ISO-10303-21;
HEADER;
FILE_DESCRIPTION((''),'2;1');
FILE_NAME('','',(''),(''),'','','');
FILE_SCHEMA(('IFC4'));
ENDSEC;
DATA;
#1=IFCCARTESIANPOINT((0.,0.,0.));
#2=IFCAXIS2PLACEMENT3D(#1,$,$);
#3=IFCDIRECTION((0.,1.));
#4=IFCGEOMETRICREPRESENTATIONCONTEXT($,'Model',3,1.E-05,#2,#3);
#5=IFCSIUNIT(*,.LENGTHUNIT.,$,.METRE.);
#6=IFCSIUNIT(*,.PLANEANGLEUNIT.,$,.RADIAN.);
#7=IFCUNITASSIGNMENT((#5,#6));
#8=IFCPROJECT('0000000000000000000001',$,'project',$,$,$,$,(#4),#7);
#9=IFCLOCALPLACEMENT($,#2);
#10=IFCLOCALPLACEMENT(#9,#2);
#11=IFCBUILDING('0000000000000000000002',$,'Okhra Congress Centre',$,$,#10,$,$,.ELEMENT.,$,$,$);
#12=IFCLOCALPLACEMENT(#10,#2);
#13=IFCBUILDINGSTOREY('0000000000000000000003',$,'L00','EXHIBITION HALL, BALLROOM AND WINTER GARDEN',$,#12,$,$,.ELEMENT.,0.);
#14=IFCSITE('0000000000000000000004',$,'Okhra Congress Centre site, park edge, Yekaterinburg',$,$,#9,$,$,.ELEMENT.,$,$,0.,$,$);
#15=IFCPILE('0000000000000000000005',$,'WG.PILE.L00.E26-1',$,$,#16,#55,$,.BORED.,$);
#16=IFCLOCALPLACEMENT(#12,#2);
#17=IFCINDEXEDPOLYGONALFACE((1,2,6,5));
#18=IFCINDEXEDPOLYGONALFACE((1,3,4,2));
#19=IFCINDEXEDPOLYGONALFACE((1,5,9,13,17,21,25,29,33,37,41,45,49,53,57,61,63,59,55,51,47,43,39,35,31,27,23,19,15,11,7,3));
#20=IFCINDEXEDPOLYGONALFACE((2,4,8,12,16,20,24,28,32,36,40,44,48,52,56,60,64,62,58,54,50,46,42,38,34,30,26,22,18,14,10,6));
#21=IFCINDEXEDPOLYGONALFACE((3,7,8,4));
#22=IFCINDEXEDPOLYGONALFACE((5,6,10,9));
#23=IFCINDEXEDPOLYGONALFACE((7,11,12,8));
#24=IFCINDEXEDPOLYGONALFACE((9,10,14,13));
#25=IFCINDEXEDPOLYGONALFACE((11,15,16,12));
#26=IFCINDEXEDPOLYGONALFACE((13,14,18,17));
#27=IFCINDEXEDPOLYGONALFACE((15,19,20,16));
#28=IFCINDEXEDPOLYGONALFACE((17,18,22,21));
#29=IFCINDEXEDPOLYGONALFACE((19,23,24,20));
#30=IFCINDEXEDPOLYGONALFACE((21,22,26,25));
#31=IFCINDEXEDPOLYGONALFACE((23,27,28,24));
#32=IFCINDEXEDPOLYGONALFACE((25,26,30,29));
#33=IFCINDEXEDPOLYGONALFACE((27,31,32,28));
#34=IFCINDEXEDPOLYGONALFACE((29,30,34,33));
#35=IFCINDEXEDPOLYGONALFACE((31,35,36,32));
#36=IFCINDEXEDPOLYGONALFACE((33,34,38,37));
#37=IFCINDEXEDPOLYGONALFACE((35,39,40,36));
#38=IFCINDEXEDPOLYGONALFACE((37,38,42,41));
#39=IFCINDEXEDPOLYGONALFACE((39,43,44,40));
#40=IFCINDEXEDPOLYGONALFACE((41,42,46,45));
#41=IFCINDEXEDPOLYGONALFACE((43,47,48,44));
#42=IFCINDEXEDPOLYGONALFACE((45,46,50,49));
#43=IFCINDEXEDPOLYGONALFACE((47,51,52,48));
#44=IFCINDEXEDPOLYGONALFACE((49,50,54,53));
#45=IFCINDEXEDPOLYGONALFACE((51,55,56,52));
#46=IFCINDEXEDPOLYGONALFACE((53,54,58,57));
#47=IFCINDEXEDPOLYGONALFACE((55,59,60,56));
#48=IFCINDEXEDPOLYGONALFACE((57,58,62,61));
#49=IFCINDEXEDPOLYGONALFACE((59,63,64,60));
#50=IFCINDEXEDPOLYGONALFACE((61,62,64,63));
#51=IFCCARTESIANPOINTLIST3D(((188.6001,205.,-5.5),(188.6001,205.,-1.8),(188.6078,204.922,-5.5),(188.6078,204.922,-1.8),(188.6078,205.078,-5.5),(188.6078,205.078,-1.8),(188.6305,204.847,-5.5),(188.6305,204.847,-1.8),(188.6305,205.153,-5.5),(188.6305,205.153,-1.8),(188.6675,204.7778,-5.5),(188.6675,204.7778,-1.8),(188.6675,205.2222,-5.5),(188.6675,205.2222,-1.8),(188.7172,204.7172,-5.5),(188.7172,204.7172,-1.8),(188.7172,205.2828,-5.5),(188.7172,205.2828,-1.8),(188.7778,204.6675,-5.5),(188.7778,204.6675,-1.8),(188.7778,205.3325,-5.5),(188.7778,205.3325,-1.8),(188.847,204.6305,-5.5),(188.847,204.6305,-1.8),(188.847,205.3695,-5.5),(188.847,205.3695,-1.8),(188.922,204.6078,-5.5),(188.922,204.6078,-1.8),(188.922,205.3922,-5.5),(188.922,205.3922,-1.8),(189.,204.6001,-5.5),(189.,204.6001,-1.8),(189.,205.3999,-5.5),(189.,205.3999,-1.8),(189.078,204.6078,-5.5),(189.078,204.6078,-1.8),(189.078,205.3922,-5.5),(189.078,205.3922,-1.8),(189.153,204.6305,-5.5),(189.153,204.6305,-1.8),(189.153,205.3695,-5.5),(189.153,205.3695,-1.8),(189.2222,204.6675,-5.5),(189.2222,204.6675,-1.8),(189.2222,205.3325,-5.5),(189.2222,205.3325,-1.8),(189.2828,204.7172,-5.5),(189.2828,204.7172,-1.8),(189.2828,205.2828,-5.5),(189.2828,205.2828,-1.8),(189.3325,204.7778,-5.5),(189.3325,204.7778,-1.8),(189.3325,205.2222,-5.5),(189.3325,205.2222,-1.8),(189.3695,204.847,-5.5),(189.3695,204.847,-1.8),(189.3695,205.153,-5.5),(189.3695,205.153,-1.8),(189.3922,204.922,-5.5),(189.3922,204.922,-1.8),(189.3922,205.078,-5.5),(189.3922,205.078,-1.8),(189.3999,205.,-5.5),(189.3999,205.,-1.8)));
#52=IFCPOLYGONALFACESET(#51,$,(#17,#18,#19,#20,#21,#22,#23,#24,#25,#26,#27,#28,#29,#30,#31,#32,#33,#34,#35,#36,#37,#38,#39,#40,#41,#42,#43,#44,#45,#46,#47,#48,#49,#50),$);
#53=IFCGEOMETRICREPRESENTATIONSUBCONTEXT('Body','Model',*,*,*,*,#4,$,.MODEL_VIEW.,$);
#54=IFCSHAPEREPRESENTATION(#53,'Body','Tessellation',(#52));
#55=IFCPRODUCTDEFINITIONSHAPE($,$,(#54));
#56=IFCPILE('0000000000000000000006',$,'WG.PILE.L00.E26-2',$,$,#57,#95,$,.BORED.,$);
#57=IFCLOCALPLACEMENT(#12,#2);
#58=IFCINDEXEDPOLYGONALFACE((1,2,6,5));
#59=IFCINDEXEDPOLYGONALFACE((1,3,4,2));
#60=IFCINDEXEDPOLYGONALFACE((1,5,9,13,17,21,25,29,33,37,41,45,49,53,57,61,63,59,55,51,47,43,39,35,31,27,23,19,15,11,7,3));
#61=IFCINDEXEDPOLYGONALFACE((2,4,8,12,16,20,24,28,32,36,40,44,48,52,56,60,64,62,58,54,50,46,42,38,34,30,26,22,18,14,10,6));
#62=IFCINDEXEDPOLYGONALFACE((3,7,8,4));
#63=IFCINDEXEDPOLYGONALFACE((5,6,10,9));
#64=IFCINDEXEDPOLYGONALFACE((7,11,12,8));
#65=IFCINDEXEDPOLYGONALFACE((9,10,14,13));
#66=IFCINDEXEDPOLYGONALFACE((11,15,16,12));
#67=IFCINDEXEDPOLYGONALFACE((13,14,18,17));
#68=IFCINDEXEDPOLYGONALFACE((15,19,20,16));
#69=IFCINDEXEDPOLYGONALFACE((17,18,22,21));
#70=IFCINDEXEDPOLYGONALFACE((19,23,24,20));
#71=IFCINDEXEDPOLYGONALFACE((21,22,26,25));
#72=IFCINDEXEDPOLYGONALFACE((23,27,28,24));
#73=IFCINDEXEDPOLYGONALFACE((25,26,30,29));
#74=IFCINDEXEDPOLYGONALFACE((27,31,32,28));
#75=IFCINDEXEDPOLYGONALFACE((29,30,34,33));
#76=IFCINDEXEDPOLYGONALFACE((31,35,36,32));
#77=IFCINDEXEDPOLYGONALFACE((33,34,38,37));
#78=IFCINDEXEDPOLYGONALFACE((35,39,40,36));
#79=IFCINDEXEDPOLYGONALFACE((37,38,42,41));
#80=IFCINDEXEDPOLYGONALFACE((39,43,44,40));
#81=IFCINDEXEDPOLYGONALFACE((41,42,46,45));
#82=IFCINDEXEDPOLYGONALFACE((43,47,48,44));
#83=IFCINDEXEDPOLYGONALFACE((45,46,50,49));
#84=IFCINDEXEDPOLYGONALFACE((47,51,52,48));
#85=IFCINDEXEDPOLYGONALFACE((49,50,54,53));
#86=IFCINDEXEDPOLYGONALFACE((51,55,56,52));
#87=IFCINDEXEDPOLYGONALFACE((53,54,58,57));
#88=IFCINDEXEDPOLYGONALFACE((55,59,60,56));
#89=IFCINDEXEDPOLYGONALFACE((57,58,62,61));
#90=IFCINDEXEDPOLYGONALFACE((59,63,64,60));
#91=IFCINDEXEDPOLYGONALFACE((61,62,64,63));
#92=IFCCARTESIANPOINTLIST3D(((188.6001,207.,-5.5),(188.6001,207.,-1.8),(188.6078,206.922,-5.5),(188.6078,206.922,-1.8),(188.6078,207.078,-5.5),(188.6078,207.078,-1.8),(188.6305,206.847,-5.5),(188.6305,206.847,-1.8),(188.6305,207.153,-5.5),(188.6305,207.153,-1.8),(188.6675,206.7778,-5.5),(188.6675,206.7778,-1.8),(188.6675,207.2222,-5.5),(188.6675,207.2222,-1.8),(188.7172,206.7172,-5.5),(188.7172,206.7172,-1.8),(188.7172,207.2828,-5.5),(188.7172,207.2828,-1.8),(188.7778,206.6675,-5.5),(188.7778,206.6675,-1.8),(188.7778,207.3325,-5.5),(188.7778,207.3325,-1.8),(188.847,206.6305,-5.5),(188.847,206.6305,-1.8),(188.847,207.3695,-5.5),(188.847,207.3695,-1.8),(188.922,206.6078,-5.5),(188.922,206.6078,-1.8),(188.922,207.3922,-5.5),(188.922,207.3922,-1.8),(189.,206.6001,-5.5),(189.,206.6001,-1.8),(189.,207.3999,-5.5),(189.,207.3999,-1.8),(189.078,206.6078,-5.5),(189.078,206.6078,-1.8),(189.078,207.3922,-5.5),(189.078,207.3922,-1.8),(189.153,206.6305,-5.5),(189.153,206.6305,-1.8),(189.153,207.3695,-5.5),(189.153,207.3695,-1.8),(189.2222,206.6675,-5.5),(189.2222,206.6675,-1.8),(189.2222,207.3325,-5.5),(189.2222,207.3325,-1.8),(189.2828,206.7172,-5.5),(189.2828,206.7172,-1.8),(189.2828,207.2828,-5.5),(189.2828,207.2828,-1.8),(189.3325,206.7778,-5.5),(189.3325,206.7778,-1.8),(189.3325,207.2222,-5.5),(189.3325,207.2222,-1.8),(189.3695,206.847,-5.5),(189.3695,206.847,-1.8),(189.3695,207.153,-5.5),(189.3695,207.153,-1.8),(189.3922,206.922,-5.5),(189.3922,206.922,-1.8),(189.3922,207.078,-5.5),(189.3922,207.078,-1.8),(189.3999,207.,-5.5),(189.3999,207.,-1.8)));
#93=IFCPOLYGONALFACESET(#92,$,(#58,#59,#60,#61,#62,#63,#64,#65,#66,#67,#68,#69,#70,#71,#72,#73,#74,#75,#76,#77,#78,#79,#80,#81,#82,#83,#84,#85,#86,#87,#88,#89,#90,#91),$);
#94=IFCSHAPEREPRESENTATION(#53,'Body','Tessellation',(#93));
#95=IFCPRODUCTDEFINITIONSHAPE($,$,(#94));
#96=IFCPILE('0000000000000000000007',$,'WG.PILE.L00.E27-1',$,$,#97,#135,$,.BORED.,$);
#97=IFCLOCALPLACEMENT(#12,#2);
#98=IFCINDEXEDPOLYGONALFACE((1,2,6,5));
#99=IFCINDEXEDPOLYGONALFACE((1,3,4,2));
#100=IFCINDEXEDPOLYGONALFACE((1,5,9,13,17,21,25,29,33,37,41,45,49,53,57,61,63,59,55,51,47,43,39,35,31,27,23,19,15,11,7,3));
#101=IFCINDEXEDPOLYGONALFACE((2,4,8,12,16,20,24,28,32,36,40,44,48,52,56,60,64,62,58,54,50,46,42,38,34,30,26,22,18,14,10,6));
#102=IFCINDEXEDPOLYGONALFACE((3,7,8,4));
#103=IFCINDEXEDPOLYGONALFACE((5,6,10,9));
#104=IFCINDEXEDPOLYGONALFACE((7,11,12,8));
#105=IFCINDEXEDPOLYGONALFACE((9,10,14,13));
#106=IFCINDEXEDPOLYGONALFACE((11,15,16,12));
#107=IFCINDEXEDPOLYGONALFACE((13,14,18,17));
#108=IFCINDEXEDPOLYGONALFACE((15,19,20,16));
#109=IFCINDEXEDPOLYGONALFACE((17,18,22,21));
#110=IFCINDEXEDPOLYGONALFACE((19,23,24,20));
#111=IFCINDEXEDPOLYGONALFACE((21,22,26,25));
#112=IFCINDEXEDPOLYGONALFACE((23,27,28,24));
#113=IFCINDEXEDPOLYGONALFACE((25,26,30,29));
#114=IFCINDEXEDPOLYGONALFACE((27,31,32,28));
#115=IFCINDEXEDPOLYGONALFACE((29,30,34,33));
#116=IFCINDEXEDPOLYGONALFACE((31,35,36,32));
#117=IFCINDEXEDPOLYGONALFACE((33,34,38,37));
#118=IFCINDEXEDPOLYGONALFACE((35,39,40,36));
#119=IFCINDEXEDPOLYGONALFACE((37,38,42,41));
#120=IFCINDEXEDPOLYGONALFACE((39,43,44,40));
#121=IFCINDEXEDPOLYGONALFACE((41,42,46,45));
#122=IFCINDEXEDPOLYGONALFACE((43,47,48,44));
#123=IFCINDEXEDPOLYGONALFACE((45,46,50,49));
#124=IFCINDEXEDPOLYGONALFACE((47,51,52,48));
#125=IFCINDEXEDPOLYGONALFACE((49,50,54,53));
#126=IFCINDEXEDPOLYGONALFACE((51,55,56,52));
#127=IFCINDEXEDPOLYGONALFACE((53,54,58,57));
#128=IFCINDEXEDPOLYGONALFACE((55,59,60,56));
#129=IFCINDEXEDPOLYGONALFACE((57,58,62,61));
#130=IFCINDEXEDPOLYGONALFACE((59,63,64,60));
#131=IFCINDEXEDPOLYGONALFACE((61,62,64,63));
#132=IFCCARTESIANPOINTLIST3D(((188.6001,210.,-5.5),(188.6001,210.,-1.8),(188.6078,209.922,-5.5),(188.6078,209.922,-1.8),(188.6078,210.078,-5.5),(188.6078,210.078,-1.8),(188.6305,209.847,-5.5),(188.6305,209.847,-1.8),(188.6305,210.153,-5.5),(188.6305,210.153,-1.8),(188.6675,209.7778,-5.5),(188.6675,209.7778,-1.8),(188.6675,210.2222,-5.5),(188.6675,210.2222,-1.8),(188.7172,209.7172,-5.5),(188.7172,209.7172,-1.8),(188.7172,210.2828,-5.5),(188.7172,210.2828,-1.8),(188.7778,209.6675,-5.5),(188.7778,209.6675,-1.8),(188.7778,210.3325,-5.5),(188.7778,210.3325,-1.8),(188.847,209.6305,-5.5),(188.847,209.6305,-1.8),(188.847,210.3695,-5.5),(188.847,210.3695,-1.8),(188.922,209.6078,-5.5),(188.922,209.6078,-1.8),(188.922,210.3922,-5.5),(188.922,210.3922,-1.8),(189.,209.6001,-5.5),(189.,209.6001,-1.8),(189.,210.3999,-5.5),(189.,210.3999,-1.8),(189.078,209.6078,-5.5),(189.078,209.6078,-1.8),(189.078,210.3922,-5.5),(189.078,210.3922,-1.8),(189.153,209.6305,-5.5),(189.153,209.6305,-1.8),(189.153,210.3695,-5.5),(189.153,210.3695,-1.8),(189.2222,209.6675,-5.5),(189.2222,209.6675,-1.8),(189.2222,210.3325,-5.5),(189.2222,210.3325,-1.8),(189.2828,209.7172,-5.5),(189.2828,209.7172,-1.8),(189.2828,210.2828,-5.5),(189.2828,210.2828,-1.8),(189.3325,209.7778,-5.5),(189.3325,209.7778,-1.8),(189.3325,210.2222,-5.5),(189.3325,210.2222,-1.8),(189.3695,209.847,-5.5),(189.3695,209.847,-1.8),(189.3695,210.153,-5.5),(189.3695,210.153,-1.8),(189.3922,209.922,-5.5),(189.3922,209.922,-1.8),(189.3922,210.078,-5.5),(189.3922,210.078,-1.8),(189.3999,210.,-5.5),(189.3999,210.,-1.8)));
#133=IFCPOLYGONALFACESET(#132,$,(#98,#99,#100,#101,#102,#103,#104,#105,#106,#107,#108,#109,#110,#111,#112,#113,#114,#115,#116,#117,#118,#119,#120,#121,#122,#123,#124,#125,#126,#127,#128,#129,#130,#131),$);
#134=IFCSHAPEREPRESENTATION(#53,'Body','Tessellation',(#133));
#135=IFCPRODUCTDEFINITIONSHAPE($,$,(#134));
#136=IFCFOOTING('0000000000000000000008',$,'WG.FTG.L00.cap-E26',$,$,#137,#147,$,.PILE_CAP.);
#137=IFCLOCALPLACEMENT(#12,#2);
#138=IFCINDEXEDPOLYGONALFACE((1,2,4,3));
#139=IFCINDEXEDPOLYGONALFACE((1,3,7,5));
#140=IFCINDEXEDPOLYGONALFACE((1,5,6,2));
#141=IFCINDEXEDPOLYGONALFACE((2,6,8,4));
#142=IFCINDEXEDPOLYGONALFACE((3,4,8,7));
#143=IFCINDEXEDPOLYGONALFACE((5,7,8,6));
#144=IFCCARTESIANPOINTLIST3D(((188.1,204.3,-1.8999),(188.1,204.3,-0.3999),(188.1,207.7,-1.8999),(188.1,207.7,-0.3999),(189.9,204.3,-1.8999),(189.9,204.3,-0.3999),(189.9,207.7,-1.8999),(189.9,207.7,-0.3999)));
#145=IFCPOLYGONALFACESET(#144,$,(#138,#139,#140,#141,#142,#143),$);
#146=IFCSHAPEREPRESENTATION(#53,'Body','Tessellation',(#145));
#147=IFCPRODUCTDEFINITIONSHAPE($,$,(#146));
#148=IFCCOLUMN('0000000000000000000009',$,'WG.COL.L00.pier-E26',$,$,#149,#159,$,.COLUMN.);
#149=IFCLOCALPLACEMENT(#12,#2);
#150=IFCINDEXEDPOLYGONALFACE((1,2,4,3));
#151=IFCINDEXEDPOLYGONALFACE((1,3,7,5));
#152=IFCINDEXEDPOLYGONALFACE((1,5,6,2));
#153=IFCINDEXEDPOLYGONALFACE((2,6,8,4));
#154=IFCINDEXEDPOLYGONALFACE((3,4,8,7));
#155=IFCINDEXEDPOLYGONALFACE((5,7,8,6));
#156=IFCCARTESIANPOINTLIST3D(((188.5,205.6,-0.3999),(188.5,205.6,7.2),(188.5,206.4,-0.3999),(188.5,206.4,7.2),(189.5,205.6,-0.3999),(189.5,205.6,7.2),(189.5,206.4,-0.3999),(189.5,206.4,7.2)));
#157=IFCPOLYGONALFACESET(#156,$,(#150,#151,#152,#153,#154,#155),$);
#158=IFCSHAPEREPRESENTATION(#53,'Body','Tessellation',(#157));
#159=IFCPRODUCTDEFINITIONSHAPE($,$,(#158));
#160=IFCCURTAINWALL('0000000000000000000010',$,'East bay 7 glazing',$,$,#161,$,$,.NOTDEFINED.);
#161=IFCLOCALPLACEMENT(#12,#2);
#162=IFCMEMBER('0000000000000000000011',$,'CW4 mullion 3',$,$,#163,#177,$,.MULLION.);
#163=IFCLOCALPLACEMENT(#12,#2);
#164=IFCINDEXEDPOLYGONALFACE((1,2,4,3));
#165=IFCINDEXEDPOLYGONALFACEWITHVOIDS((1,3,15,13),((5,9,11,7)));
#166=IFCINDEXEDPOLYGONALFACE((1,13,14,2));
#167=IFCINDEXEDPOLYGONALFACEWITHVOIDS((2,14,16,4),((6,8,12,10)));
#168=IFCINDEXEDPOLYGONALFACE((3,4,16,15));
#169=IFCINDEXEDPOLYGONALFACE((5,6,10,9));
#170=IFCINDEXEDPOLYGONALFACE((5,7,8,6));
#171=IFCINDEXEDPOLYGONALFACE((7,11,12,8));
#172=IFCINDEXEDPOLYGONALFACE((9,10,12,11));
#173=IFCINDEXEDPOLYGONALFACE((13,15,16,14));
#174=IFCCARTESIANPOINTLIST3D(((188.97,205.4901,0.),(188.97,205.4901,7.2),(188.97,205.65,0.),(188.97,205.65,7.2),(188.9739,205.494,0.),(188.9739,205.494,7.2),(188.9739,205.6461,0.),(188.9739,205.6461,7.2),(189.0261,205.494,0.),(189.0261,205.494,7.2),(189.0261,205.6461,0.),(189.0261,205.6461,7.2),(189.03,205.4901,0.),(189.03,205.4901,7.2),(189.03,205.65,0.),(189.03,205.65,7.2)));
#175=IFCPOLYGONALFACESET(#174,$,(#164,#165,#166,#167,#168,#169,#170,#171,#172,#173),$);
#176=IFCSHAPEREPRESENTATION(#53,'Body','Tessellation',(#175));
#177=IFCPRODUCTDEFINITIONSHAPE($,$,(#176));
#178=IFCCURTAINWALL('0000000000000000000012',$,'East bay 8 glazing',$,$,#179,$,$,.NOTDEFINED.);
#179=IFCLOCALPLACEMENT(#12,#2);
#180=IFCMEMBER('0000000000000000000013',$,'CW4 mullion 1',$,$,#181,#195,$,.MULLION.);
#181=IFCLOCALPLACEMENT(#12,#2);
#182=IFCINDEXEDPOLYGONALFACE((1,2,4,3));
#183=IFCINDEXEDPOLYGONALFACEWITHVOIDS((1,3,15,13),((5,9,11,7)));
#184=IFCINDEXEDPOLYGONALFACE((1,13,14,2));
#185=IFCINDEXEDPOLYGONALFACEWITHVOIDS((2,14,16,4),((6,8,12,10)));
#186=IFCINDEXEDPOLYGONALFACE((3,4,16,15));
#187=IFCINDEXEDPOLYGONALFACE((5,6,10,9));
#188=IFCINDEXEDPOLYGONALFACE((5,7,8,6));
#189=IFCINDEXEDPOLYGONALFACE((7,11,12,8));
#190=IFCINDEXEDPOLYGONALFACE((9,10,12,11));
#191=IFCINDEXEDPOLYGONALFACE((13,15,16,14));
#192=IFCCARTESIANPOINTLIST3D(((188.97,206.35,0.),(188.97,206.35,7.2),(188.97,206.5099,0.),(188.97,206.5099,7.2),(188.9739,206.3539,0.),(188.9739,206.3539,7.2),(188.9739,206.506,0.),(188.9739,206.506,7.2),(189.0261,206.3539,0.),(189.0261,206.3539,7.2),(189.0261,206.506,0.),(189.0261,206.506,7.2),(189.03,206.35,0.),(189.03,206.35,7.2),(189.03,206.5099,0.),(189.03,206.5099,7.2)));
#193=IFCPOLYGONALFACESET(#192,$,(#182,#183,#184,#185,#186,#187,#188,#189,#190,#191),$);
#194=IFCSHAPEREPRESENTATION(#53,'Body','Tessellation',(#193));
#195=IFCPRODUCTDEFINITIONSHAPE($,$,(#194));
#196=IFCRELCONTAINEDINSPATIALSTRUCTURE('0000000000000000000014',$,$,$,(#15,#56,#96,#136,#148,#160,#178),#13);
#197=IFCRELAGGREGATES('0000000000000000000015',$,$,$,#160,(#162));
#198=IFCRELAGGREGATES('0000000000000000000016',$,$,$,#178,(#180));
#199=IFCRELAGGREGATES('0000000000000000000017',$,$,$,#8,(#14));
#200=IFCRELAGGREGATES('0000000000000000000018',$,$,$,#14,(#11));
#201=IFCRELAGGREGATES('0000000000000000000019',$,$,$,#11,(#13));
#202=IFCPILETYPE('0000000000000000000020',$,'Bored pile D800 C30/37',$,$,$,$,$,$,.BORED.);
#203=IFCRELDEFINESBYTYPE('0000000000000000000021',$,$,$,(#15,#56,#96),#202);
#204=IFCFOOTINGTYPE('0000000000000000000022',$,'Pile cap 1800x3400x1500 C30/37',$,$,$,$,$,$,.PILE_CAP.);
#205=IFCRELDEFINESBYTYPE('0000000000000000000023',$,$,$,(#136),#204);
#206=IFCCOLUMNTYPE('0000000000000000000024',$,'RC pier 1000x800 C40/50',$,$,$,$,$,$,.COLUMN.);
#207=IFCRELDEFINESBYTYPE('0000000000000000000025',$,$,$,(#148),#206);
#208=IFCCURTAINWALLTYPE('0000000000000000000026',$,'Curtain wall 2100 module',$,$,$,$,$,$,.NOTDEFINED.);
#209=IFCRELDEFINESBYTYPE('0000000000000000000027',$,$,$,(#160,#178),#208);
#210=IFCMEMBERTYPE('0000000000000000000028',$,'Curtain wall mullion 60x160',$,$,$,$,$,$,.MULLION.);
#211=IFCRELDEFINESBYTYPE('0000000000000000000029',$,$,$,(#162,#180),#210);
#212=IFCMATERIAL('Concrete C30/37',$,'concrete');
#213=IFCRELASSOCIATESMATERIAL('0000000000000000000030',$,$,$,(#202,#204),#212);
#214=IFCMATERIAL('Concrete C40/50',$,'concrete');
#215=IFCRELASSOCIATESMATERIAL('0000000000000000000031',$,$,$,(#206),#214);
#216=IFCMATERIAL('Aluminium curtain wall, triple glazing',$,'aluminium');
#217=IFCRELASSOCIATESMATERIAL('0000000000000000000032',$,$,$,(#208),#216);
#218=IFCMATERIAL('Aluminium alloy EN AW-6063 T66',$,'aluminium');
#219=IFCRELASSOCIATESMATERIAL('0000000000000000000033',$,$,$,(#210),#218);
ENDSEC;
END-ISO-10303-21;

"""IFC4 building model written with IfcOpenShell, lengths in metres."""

from ifc_helpers import new_model, si_unit, direction, frame, origin, origin_2d, place, context, subcontext, project, spatial, rectangle, hollow_rectangle, circle, extrude, material, material_profile, profile_set, type_object, element, aggregate, save


model = new_model("IFC4")

# Units and contexts
model_context = context("Model", 3, precision=1e-05, world=origin(), true_north=direction((0.0, 1.0)))
body_context = subcontext(model_context, "Body", "Model", "MODEL_VIEW")
ifc_project = project(units=[si_unit("LENGTHUNIT", "METRE"), si_unit("PLANEANGLEUNIT", "RADIAN")], contexts=[model_context])

# Site, building, storey
site_placement = place(None, origin())
site = spatial("IfcSite", under=ifc_project, at=site_placement, Name="Okhra Congress Centre site, park edge, Yekaterinburg", CompositionType="ELEMENT", RefElevation=0.0)
building_placement = place(site_placement, origin())
building = spatial("IfcBuilding", under=site, at=building_placement, Name="Okhra Congress Centre", CompositionType="ELEMENT")
storey_placement = place(building_placement, origin())
storey = spatial("IfcBuildingStorey", under=building, at=storey_placement, Name="L00", Description="EXHIBITION HALL, BALLROOM AND WINTER GARDEN", CompositionType="ELEMENT", Elevation=0.0)

# Piles
ifc_material_1 = material(Name="Concrete C30/37", Category="concrete")
ifc_material_profile_1 = material_profile(ifc_material_1, circle(Radius=0.3999, at=origin_2d()), Name="D800")
ifc_profile_set_1 = profile_set([ifc_material_profile_1], Name="Concrete C30/37")
pile_type = type_object("IfcPileType", Name="Bored pile D800 C30/37", PredefinedType="BORED", material=ifc_profile_set_1)
for number, where, z_axis, x_axis, name in (
    (1, (189.0, 205.0, -1.8), (0.0, 0.0, -1.0), (1.0, 0.0, 0.0), "WG.PILE.L00.E26-1"),
    (2, (189.0, 207.0, -1.8), (0.0, 0.0, -1.0), (1.0, 0.0, 0.0), "WG.PILE.L00.E26-2"),
    (3, (189.0, 210.0, -1.8), (0.0, 0.0, -1.0), (1.0, 0.0, 0.0), "WG.PILE.L00.E27-1"),
):
    element("IfcPile", number, at=place(storey_placement, frame(where, z_axis=z_axis, x_axis=x_axis)), inside=storey, type_object=pile_type, Name=name, PredefinedType="BORED", context=body_context, shape_type="SweptSolid", body=[
        extrude(circle(Radius=0.3999, at=origin_2d()), origin(), (0.0, 0.0, 1.0), 3.7),
    ])

# Footing
footing_type = type_object("IfcFootingType", Name="Pile cap 1800x3400x1500 C30/37", PredefinedType="PILE_CAP", material=ifc_material_1)
footing_placement = place(storey_placement, frame((189.0, 206.0, -1.8999), z_axis=(0.0, 0.0, 1.0), x_axis=(1.0, 0.0, 0.0)))
element("IfcFooting", 4, at=footing_placement, inside=storey, type_object=footing_type, Name="WG.FTG.L00.cap-E26", PredefinedType="PILE_CAP", context=body_context, shape_type="SweptSolid", body=[
    extrude(rectangle(XDim=1.8, YDim=3.3999, at=origin_2d()), origin(), (0.0, 0.0, 1.0), 1.5),
])

# Column
ifc_material_2 = material(Name="Concrete C40/50", Category="concrete")
ifc_material_profile_2 = material_profile(ifc_material_2, rectangle(XDim=1.0, YDim=0.8, at=origin_2d()), Name="RC 1000x800")
ifc_profile_set_2 = profile_set([ifc_material_profile_2], Name="Concrete C40/50")
column_type = type_object("IfcColumnType", Name="RC pier 1000x800 C40/50", PredefinedType="COLUMN", material=ifc_profile_set_2)
column_placement = place(storey_placement, frame((189.0, 206.0, -0.3999), z_axis=(0.0, 0.0, 1.0), x_axis=(1.0, 0.0, 0.0)))
element("IfcColumn", 5, at=column_placement, inside=storey, type_object=column_type, Name="WG.COL.L00.pier-E26", PredefinedType="COLUMN", context=body_context, shape_type="SweptSolid", body=[
    extrude(rectangle(XDim=1.0, YDim=0.8, at=origin_2d()), origin(), (0.0, 0.0, 1.0), 7.5999),
])

# Curtain wall, member
ifc_material_3 = material(Name="Aluminium curtain wall, triple glazing", Category="aluminium")
curtain_wall_type = type_object("IfcCurtainWallType", Name="Curtain wall 2100 module", PredefinedType="NOTDEFINED", material=ifc_material_3)
curtain_wall_1_placement = place(storey_placement, origin())
curtain_wall_1 = element("IfcCurtainWall", 6, at=curtain_wall_1_placement, inside=storey, type_object=curtain_wall_type, Name="East bay 7 glazing", PredefinedType="NOTDEFINED")
ifc_material_4 = material(Name="Aluminium alloy EN AW-6063 T66", Category="aluminium")
ifc_material_profile_3 = material_profile(ifc_material_4, hollow_rectangle(XDim=0.0601, YDim=0.1599, WallThickness=0.0039, at=origin_2d()), Name="RHS 60x160x4")
ifc_profile_set_3 = profile_set([ifc_material_profile_3], Name="Aluminium alloy EN AW-6063 T66")
member_type_1 = type_object("IfcMemberType", Name="Curtain wall mullion 60x160", PredefinedType="MULLION", material=ifc_profile_set_3)
member_1_placement = place(storey_placement, frame((189.0, 205.5701, 0.0), z_axis=(0.0, 0.0, 1.0), x_axis=(-1.0, 0.0, 0.0)))
member_1 = element("IfcMember", 7, at=member_1_placement, type_object=member_type_1, Name="CW4 mullion 3", PredefinedType="MULLION", context=body_context, shape_type="SweptSolid", body=[
    extrude(hollow_rectangle(XDim=0.0601, YDim=0.1599, WallThickness=0.0039, at=origin_2d()), origin(), (0.0, 0.0, 1.0), 7.2),
])

# Curtain wall, member
curtain_wall_2_placement = place(storey_placement, origin())
curtain_wall_2 = element("IfcCurtainWall", 8, at=curtain_wall_2_placement, inside=storey, type_object=curtain_wall_type, Name="East bay 8 glazing", PredefinedType="NOTDEFINED")
member_2_placement = place(storey_placement, frame((189.0, 206.4299, 0.0), z_axis=(0.0, 0.0, 1.0), x_axis=(-1.0, 0.0, 0.0)))
member_2 = element("IfcMember", 9, at=member_2_placement, type_object=member_type_1, Name="CW4 mullion 1", PredefinedType="MULLION", context=body_context, shape_type="SweptSolid", body=[
    extrude(hollow_rectangle(XDim=0.0601, YDim=0.1599, WallThickness=0.0039, at=origin_2d()), origin(), (0.0, 0.0, 1.0), 7.2),
])

aggregate(curtain_wall_1, [member_1])
aggregate(curtain_wall_2, [member_2])

save(model, "model.ifc")
